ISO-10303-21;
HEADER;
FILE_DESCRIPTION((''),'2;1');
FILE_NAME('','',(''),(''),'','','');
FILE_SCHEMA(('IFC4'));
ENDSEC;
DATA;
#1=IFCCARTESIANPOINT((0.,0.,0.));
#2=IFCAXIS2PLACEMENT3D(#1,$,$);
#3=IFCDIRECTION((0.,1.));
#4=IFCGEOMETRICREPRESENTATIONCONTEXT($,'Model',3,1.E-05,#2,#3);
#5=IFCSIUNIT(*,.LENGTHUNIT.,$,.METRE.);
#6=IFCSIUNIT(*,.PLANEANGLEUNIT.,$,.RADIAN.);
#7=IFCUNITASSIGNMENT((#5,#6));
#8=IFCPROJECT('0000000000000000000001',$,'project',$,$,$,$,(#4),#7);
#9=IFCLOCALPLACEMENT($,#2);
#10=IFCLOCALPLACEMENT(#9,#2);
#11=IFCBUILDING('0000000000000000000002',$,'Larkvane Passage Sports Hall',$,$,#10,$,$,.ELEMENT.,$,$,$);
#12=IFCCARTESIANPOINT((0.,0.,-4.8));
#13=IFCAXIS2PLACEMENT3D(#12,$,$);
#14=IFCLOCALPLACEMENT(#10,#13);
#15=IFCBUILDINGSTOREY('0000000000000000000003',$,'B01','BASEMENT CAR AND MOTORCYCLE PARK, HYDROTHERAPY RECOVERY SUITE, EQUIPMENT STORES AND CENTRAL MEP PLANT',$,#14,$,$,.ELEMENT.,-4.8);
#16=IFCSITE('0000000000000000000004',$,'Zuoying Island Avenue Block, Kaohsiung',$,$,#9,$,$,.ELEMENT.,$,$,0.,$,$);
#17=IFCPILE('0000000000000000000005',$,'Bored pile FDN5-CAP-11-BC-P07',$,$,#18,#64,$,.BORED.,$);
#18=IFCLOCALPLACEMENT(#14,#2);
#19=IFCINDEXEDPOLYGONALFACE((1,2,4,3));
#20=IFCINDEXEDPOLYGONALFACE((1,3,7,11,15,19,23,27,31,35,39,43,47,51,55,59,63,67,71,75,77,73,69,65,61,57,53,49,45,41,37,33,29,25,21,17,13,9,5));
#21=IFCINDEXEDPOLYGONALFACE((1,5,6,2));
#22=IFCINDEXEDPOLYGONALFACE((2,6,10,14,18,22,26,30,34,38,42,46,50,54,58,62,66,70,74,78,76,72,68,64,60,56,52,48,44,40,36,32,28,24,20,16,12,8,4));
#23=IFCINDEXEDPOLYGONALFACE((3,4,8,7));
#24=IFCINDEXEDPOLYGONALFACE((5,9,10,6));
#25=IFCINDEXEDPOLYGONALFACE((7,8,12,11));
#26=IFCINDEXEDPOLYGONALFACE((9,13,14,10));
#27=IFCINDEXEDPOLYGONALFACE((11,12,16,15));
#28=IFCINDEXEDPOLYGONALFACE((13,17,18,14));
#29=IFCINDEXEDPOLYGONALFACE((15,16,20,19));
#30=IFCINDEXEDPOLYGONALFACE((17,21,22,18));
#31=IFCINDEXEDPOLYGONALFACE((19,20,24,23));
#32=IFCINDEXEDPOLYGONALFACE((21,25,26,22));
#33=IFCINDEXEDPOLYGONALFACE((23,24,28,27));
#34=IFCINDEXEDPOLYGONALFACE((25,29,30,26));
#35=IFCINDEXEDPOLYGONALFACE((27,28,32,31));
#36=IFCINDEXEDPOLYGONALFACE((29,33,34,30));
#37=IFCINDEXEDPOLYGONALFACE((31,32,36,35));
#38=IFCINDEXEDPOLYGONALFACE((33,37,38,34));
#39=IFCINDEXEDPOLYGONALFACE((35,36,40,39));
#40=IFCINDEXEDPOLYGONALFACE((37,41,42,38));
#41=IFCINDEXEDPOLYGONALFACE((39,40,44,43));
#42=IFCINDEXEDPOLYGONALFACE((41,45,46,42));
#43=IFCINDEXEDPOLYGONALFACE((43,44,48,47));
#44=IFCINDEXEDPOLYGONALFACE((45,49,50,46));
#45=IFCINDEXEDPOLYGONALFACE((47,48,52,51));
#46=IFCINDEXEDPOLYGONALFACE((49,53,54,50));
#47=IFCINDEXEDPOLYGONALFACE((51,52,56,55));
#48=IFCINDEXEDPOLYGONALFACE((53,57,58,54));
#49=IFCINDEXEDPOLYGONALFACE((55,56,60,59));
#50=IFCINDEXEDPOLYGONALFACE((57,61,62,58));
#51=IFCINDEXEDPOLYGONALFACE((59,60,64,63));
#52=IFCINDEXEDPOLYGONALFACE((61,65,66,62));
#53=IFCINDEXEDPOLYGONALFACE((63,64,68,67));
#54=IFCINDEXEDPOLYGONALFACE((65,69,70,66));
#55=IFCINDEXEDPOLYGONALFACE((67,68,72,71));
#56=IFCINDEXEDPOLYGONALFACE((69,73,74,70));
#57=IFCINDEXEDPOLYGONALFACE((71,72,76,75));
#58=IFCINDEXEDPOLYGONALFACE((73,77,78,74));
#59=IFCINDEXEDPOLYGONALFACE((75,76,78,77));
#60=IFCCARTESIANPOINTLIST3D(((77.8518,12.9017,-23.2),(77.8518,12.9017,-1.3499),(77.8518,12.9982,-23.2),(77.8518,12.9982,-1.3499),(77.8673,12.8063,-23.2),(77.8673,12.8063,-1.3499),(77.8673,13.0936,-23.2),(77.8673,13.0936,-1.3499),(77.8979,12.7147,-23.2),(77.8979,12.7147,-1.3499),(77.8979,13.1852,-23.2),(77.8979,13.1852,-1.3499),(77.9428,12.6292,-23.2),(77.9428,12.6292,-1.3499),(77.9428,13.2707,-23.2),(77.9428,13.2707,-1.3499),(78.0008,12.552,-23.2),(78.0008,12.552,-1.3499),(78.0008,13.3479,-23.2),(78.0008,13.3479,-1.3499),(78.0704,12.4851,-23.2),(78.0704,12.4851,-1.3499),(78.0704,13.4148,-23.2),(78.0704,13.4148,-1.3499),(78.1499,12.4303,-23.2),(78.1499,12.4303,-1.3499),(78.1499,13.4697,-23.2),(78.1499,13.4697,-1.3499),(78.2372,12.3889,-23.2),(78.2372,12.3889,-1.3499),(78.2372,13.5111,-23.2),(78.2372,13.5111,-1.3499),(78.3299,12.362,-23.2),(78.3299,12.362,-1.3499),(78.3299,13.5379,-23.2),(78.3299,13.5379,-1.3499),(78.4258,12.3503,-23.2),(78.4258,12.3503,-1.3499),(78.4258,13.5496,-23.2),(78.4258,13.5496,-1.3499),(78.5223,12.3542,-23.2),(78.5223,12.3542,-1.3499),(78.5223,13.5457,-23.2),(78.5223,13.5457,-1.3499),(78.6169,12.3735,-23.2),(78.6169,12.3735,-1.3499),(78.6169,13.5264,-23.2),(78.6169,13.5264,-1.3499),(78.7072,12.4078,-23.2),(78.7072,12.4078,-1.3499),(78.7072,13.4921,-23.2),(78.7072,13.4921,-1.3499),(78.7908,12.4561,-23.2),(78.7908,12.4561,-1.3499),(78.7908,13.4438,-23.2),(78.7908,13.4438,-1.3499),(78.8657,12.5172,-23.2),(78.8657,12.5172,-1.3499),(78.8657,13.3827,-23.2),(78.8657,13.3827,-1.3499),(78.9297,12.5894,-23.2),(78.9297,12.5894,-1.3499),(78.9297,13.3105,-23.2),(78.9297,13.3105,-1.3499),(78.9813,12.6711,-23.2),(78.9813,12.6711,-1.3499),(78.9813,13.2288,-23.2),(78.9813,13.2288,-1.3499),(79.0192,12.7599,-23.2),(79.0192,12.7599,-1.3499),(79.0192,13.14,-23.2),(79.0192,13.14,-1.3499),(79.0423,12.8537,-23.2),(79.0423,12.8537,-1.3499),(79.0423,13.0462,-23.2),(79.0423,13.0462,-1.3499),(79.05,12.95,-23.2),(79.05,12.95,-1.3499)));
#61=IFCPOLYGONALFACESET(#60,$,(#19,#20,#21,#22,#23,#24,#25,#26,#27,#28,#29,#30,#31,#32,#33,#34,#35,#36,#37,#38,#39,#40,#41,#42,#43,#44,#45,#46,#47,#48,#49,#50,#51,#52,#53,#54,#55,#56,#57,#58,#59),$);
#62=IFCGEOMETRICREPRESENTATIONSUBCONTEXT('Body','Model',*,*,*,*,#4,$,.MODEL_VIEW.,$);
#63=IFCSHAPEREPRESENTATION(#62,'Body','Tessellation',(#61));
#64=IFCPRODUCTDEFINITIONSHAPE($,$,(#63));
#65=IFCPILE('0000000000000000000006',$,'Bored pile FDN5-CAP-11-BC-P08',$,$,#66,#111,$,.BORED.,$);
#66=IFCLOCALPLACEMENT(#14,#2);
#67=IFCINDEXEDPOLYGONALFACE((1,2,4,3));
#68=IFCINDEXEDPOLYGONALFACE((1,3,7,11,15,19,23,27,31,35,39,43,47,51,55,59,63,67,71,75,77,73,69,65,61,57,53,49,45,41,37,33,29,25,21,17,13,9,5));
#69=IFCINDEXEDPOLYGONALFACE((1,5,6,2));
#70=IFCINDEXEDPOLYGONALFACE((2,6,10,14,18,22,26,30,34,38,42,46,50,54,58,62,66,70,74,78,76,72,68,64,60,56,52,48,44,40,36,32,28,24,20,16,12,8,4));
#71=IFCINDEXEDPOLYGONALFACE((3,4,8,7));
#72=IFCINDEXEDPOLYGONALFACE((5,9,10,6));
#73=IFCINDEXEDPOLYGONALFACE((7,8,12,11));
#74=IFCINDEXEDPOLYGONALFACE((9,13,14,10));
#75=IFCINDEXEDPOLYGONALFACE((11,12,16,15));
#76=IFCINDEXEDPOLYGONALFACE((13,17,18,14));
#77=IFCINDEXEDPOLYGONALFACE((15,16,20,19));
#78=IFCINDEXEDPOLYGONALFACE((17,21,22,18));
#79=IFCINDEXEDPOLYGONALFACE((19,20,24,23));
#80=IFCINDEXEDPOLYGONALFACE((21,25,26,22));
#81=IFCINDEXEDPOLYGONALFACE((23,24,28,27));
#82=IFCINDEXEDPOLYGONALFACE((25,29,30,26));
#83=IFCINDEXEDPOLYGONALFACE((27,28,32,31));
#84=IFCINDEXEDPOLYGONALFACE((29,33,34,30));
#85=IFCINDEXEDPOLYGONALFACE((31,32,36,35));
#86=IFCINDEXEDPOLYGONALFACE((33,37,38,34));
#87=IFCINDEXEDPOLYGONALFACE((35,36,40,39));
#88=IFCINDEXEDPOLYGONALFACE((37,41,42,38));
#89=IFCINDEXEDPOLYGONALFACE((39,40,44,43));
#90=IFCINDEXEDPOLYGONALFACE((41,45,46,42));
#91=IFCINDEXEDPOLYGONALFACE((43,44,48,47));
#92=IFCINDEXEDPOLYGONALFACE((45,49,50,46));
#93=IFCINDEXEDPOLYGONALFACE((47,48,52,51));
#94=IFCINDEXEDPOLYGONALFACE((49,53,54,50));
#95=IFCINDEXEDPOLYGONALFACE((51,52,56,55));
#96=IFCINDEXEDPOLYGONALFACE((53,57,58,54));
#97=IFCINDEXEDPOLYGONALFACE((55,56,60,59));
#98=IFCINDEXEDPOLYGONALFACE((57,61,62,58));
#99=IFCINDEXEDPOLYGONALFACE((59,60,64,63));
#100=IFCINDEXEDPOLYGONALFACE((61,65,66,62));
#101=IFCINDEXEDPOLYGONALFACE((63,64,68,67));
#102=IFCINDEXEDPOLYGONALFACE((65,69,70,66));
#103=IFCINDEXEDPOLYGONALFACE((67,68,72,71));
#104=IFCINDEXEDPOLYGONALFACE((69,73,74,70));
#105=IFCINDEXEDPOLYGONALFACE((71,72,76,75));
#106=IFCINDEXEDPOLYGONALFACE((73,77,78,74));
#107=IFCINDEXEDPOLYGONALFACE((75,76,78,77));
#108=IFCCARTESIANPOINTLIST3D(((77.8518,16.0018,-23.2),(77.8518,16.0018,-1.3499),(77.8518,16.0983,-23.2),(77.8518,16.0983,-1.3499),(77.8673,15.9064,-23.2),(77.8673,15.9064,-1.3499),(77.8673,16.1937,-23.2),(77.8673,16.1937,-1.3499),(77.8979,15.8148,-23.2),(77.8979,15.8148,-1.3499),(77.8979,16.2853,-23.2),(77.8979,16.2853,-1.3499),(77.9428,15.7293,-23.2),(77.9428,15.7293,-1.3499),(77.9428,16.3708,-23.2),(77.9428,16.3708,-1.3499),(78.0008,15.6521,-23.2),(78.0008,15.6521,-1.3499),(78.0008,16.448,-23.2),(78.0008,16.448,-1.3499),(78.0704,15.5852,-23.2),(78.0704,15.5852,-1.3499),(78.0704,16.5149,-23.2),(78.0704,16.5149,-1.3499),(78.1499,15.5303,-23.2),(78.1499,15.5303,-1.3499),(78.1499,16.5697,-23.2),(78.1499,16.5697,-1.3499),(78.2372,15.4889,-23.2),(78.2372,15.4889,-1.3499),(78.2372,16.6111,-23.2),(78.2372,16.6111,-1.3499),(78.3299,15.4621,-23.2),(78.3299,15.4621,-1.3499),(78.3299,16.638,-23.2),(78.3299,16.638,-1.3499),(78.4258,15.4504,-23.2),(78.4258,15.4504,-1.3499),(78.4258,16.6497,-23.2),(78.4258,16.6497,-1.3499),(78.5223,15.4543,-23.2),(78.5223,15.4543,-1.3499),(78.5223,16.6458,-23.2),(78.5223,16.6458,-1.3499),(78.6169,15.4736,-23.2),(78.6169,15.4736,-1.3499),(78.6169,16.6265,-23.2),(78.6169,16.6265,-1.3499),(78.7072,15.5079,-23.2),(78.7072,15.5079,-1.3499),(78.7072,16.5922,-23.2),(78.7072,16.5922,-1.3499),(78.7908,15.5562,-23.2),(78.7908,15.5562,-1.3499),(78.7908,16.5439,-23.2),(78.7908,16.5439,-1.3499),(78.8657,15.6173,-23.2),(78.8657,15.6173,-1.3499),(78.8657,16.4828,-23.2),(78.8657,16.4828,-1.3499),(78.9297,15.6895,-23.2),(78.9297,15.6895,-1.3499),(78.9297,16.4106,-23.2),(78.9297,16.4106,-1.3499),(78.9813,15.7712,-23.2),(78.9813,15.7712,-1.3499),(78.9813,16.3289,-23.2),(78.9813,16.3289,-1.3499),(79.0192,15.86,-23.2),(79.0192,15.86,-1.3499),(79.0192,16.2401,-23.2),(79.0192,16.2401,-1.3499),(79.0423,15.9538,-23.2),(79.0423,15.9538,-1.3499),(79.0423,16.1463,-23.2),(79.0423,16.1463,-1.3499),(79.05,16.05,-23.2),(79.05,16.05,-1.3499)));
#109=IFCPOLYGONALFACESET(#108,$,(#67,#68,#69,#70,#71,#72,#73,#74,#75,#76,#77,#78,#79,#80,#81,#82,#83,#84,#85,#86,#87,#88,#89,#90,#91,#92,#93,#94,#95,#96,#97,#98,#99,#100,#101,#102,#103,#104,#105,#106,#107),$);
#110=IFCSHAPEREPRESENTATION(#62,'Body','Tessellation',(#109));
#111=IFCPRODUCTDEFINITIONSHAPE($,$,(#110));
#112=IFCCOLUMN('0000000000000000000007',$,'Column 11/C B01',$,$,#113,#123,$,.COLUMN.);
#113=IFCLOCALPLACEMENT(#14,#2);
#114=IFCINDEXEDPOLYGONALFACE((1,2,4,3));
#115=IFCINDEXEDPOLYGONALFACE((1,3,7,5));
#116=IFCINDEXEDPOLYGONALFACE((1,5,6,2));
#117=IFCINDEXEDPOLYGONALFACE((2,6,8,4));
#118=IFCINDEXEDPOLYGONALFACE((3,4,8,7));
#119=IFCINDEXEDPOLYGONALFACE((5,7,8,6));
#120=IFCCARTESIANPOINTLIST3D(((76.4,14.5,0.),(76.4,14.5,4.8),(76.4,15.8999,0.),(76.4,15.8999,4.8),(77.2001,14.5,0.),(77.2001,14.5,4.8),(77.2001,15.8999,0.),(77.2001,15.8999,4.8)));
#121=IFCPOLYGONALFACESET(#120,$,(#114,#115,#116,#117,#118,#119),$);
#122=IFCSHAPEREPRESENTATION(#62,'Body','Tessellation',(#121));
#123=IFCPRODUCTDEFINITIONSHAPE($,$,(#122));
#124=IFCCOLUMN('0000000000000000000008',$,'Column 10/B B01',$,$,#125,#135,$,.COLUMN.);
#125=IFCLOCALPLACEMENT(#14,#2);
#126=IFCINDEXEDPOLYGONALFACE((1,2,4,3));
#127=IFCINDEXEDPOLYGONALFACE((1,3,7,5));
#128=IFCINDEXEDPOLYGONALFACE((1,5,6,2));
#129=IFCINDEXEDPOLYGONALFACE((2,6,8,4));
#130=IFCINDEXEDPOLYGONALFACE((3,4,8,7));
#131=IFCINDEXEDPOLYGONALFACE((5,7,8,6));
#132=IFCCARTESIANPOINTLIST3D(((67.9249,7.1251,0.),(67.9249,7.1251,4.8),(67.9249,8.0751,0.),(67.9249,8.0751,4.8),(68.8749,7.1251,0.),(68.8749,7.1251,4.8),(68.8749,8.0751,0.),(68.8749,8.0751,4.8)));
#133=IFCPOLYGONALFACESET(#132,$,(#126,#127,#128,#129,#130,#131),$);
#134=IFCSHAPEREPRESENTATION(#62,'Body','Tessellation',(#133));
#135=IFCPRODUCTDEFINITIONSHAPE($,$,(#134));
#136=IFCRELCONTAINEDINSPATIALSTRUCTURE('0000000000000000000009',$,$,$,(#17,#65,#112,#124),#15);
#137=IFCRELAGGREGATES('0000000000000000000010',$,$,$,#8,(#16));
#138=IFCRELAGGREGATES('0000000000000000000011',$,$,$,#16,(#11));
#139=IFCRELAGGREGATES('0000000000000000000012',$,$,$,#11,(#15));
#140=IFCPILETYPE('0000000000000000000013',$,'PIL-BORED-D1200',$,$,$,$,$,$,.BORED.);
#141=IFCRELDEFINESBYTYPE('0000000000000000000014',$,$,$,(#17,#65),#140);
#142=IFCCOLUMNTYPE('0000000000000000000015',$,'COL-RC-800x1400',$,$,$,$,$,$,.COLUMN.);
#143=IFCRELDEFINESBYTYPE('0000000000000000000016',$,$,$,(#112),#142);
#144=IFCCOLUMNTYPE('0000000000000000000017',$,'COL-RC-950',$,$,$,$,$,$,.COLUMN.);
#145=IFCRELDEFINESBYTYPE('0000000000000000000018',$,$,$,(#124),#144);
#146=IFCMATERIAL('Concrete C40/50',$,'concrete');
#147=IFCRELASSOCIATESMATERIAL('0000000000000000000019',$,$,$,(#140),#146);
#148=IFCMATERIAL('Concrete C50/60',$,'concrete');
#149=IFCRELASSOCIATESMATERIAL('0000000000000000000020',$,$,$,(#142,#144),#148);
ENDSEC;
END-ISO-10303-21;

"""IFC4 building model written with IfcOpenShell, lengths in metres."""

from ifc_helpers import new_model, si_unit, direction, frame, origin, origin_2d, place, context, subcontext, project, spatial, rectangle, circle, extrude, material, material_profile, profile_set, type_object, element, save


model = new_model("IFC4")

# Units and contexts
model_context = context("Model", 3, precision=1e-05, world=origin(), true_north=direction((0.0, 1.0)))
body_context = subcontext(model_context, "Body", "Model", "MODEL_VIEW")
ifc_project = project(units=[si_unit("LENGTHUNIT", "METRE"), si_unit("PLANEANGLEUNIT", "RADIAN")], contexts=[model_context])

# Site, building, storey
site_placement = place(None, origin())
site = spatial("IfcSite", under=ifc_project, at=site_placement, Name="Zuoying Island Avenue Block, Kaohsiung", CompositionType="ELEMENT", RefElevation=0.0)
building_placement = place(site_placement, origin())
building = spatial("IfcBuilding", under=site, at=building_placement, Name="Larkvane Passage Sports Hall", CompositionType="ELEMENT")
storey_placement = place(building_placement, frame((0.0, 0.0, -4.8)))
storey = spatial("IfcBuildingStorey", under=building, at=storey_placement, Name="B01", Description="BASEMENT CAR AND MOTORCYCLE PARK, HYDROTHERAPY RECOVERY SUITE, EQUIPMENT STORES AND CENTRAL MEP PLANT", CompositionType="ELEMENT", Elevation=-4.8)

# Shared definitions
ifc_material_1 = material(Name="Concrete C40/50", Category="concrete")

# Piles
ifc_material_profile_1 = material_profile(ifc_material_1, circle(Radius=0.6001, at=origin_2d()), Name="PILE-D1200")
ifc_profile_set_1 = profile_set([ifc_material_profile_1], Name="Concrete C40/50")
pile_type = type_object("IfcPileType", Name="PIL-BORED-D1200", PredefinedType="BORED", material=ifc_profile_set_1)
for number, where, z_axis, x_axis, name in (
    (1, (78.45, 12.95, -1.3499), (0.0, 0.0, -1.0), (1.0, 0.0, 0.0), "Bored pile FDN5-CAP-11-BC-P07"),
    (2, (78.45, 16.05, -1.3499), (0.0, 0.0, -1.0), (1.0, 0.0, 0.0), "Bored pile FDN5-CAP-11-BC-P08"),
):
    element("IfcPile", number, at=place(storey_placement, frame(where, z_axis=z_axis, x_axis=x_axis)), inside=storey, type_object=pile_type, Name=name, PredefinedType="BORED", context=body_context, shape_type="SweptSolid", body=[
        extrude(circle(Radius=0.6001, at=origin_2d()), origin(), (0.0, 0.0, 1.0), 21.8501),
    ])

# Columns
ifc_material_2 = material(Name="Concrete C50/60", Category="concrete")
ifc_material_profile_2 = material_profile(ifc_material_2, rectangle(XDim=0.8, YDim=1.3999, at=origin_2d()), Name="RC-COL-800x1400")
ifc_profile_set_2 = profile_set([ifc_material_profile_2], Name="Concrete C50/60")
column_type_1 = type_object("IfcColumnType", Name="COL-RC-800x1400", PredefinedType="COLUMN", material=ifc_profile_set_2)
column_1_placement = place(storey_placement, frame((76.8, 15.2, 0.0), z_axis=(0.0, 0.0, 1.0), x_axis=(1.0, 0.0, 0.0)))
element("IfcColumn", 3, at=column_1_placement, inside=storey, type_object=column_type_1, Name="Column 11/C B01", PredefinedType="COLUMN", context=body_context, shape_type="SweptSolid", body=[
    extrude(rectangle(XDim=0.8, YDim=1.3999, at=origin_2d()), origin(), (0.0, 0.0, 1.0), 4.8),
])
ifc_material_profile_3 = material_profile(ifc_material_2, rectangle(XDim=0.95, YDim=0.95, at=origin_2d()), Name="RC-COL-950x950")
ifc_profile_set_3 = profile_set([ifc_material_profile_3], Name="Concrete C50/60")
column_type_2 = type_object("IfcColumnType", Name="COL-RC-950", PredefinedType="COLUMN", material=ifc_profile_set_3)
column_2_placement = place(storey_placement, frame((68.3999, 7.6001, 0.0), z_axis=(0.0, 0.0, 1.0), x_axis=(1.0, 0.0, 0.0)))
element("IfcColumn", 4, at=column_2_placement, inside=storey, type_object=column_type_2, Name="Column 10/B B01", PredefinedType="COLUMN", context=body_context, shape_type="SweptSolid", body=[
    extrude(rectangle(XDim=0.95, YDim=0.95, at=origin_2d()), origin(), (0.0, 0.0, 1.0), 4.8),
])

save(model, "model.ifc")
